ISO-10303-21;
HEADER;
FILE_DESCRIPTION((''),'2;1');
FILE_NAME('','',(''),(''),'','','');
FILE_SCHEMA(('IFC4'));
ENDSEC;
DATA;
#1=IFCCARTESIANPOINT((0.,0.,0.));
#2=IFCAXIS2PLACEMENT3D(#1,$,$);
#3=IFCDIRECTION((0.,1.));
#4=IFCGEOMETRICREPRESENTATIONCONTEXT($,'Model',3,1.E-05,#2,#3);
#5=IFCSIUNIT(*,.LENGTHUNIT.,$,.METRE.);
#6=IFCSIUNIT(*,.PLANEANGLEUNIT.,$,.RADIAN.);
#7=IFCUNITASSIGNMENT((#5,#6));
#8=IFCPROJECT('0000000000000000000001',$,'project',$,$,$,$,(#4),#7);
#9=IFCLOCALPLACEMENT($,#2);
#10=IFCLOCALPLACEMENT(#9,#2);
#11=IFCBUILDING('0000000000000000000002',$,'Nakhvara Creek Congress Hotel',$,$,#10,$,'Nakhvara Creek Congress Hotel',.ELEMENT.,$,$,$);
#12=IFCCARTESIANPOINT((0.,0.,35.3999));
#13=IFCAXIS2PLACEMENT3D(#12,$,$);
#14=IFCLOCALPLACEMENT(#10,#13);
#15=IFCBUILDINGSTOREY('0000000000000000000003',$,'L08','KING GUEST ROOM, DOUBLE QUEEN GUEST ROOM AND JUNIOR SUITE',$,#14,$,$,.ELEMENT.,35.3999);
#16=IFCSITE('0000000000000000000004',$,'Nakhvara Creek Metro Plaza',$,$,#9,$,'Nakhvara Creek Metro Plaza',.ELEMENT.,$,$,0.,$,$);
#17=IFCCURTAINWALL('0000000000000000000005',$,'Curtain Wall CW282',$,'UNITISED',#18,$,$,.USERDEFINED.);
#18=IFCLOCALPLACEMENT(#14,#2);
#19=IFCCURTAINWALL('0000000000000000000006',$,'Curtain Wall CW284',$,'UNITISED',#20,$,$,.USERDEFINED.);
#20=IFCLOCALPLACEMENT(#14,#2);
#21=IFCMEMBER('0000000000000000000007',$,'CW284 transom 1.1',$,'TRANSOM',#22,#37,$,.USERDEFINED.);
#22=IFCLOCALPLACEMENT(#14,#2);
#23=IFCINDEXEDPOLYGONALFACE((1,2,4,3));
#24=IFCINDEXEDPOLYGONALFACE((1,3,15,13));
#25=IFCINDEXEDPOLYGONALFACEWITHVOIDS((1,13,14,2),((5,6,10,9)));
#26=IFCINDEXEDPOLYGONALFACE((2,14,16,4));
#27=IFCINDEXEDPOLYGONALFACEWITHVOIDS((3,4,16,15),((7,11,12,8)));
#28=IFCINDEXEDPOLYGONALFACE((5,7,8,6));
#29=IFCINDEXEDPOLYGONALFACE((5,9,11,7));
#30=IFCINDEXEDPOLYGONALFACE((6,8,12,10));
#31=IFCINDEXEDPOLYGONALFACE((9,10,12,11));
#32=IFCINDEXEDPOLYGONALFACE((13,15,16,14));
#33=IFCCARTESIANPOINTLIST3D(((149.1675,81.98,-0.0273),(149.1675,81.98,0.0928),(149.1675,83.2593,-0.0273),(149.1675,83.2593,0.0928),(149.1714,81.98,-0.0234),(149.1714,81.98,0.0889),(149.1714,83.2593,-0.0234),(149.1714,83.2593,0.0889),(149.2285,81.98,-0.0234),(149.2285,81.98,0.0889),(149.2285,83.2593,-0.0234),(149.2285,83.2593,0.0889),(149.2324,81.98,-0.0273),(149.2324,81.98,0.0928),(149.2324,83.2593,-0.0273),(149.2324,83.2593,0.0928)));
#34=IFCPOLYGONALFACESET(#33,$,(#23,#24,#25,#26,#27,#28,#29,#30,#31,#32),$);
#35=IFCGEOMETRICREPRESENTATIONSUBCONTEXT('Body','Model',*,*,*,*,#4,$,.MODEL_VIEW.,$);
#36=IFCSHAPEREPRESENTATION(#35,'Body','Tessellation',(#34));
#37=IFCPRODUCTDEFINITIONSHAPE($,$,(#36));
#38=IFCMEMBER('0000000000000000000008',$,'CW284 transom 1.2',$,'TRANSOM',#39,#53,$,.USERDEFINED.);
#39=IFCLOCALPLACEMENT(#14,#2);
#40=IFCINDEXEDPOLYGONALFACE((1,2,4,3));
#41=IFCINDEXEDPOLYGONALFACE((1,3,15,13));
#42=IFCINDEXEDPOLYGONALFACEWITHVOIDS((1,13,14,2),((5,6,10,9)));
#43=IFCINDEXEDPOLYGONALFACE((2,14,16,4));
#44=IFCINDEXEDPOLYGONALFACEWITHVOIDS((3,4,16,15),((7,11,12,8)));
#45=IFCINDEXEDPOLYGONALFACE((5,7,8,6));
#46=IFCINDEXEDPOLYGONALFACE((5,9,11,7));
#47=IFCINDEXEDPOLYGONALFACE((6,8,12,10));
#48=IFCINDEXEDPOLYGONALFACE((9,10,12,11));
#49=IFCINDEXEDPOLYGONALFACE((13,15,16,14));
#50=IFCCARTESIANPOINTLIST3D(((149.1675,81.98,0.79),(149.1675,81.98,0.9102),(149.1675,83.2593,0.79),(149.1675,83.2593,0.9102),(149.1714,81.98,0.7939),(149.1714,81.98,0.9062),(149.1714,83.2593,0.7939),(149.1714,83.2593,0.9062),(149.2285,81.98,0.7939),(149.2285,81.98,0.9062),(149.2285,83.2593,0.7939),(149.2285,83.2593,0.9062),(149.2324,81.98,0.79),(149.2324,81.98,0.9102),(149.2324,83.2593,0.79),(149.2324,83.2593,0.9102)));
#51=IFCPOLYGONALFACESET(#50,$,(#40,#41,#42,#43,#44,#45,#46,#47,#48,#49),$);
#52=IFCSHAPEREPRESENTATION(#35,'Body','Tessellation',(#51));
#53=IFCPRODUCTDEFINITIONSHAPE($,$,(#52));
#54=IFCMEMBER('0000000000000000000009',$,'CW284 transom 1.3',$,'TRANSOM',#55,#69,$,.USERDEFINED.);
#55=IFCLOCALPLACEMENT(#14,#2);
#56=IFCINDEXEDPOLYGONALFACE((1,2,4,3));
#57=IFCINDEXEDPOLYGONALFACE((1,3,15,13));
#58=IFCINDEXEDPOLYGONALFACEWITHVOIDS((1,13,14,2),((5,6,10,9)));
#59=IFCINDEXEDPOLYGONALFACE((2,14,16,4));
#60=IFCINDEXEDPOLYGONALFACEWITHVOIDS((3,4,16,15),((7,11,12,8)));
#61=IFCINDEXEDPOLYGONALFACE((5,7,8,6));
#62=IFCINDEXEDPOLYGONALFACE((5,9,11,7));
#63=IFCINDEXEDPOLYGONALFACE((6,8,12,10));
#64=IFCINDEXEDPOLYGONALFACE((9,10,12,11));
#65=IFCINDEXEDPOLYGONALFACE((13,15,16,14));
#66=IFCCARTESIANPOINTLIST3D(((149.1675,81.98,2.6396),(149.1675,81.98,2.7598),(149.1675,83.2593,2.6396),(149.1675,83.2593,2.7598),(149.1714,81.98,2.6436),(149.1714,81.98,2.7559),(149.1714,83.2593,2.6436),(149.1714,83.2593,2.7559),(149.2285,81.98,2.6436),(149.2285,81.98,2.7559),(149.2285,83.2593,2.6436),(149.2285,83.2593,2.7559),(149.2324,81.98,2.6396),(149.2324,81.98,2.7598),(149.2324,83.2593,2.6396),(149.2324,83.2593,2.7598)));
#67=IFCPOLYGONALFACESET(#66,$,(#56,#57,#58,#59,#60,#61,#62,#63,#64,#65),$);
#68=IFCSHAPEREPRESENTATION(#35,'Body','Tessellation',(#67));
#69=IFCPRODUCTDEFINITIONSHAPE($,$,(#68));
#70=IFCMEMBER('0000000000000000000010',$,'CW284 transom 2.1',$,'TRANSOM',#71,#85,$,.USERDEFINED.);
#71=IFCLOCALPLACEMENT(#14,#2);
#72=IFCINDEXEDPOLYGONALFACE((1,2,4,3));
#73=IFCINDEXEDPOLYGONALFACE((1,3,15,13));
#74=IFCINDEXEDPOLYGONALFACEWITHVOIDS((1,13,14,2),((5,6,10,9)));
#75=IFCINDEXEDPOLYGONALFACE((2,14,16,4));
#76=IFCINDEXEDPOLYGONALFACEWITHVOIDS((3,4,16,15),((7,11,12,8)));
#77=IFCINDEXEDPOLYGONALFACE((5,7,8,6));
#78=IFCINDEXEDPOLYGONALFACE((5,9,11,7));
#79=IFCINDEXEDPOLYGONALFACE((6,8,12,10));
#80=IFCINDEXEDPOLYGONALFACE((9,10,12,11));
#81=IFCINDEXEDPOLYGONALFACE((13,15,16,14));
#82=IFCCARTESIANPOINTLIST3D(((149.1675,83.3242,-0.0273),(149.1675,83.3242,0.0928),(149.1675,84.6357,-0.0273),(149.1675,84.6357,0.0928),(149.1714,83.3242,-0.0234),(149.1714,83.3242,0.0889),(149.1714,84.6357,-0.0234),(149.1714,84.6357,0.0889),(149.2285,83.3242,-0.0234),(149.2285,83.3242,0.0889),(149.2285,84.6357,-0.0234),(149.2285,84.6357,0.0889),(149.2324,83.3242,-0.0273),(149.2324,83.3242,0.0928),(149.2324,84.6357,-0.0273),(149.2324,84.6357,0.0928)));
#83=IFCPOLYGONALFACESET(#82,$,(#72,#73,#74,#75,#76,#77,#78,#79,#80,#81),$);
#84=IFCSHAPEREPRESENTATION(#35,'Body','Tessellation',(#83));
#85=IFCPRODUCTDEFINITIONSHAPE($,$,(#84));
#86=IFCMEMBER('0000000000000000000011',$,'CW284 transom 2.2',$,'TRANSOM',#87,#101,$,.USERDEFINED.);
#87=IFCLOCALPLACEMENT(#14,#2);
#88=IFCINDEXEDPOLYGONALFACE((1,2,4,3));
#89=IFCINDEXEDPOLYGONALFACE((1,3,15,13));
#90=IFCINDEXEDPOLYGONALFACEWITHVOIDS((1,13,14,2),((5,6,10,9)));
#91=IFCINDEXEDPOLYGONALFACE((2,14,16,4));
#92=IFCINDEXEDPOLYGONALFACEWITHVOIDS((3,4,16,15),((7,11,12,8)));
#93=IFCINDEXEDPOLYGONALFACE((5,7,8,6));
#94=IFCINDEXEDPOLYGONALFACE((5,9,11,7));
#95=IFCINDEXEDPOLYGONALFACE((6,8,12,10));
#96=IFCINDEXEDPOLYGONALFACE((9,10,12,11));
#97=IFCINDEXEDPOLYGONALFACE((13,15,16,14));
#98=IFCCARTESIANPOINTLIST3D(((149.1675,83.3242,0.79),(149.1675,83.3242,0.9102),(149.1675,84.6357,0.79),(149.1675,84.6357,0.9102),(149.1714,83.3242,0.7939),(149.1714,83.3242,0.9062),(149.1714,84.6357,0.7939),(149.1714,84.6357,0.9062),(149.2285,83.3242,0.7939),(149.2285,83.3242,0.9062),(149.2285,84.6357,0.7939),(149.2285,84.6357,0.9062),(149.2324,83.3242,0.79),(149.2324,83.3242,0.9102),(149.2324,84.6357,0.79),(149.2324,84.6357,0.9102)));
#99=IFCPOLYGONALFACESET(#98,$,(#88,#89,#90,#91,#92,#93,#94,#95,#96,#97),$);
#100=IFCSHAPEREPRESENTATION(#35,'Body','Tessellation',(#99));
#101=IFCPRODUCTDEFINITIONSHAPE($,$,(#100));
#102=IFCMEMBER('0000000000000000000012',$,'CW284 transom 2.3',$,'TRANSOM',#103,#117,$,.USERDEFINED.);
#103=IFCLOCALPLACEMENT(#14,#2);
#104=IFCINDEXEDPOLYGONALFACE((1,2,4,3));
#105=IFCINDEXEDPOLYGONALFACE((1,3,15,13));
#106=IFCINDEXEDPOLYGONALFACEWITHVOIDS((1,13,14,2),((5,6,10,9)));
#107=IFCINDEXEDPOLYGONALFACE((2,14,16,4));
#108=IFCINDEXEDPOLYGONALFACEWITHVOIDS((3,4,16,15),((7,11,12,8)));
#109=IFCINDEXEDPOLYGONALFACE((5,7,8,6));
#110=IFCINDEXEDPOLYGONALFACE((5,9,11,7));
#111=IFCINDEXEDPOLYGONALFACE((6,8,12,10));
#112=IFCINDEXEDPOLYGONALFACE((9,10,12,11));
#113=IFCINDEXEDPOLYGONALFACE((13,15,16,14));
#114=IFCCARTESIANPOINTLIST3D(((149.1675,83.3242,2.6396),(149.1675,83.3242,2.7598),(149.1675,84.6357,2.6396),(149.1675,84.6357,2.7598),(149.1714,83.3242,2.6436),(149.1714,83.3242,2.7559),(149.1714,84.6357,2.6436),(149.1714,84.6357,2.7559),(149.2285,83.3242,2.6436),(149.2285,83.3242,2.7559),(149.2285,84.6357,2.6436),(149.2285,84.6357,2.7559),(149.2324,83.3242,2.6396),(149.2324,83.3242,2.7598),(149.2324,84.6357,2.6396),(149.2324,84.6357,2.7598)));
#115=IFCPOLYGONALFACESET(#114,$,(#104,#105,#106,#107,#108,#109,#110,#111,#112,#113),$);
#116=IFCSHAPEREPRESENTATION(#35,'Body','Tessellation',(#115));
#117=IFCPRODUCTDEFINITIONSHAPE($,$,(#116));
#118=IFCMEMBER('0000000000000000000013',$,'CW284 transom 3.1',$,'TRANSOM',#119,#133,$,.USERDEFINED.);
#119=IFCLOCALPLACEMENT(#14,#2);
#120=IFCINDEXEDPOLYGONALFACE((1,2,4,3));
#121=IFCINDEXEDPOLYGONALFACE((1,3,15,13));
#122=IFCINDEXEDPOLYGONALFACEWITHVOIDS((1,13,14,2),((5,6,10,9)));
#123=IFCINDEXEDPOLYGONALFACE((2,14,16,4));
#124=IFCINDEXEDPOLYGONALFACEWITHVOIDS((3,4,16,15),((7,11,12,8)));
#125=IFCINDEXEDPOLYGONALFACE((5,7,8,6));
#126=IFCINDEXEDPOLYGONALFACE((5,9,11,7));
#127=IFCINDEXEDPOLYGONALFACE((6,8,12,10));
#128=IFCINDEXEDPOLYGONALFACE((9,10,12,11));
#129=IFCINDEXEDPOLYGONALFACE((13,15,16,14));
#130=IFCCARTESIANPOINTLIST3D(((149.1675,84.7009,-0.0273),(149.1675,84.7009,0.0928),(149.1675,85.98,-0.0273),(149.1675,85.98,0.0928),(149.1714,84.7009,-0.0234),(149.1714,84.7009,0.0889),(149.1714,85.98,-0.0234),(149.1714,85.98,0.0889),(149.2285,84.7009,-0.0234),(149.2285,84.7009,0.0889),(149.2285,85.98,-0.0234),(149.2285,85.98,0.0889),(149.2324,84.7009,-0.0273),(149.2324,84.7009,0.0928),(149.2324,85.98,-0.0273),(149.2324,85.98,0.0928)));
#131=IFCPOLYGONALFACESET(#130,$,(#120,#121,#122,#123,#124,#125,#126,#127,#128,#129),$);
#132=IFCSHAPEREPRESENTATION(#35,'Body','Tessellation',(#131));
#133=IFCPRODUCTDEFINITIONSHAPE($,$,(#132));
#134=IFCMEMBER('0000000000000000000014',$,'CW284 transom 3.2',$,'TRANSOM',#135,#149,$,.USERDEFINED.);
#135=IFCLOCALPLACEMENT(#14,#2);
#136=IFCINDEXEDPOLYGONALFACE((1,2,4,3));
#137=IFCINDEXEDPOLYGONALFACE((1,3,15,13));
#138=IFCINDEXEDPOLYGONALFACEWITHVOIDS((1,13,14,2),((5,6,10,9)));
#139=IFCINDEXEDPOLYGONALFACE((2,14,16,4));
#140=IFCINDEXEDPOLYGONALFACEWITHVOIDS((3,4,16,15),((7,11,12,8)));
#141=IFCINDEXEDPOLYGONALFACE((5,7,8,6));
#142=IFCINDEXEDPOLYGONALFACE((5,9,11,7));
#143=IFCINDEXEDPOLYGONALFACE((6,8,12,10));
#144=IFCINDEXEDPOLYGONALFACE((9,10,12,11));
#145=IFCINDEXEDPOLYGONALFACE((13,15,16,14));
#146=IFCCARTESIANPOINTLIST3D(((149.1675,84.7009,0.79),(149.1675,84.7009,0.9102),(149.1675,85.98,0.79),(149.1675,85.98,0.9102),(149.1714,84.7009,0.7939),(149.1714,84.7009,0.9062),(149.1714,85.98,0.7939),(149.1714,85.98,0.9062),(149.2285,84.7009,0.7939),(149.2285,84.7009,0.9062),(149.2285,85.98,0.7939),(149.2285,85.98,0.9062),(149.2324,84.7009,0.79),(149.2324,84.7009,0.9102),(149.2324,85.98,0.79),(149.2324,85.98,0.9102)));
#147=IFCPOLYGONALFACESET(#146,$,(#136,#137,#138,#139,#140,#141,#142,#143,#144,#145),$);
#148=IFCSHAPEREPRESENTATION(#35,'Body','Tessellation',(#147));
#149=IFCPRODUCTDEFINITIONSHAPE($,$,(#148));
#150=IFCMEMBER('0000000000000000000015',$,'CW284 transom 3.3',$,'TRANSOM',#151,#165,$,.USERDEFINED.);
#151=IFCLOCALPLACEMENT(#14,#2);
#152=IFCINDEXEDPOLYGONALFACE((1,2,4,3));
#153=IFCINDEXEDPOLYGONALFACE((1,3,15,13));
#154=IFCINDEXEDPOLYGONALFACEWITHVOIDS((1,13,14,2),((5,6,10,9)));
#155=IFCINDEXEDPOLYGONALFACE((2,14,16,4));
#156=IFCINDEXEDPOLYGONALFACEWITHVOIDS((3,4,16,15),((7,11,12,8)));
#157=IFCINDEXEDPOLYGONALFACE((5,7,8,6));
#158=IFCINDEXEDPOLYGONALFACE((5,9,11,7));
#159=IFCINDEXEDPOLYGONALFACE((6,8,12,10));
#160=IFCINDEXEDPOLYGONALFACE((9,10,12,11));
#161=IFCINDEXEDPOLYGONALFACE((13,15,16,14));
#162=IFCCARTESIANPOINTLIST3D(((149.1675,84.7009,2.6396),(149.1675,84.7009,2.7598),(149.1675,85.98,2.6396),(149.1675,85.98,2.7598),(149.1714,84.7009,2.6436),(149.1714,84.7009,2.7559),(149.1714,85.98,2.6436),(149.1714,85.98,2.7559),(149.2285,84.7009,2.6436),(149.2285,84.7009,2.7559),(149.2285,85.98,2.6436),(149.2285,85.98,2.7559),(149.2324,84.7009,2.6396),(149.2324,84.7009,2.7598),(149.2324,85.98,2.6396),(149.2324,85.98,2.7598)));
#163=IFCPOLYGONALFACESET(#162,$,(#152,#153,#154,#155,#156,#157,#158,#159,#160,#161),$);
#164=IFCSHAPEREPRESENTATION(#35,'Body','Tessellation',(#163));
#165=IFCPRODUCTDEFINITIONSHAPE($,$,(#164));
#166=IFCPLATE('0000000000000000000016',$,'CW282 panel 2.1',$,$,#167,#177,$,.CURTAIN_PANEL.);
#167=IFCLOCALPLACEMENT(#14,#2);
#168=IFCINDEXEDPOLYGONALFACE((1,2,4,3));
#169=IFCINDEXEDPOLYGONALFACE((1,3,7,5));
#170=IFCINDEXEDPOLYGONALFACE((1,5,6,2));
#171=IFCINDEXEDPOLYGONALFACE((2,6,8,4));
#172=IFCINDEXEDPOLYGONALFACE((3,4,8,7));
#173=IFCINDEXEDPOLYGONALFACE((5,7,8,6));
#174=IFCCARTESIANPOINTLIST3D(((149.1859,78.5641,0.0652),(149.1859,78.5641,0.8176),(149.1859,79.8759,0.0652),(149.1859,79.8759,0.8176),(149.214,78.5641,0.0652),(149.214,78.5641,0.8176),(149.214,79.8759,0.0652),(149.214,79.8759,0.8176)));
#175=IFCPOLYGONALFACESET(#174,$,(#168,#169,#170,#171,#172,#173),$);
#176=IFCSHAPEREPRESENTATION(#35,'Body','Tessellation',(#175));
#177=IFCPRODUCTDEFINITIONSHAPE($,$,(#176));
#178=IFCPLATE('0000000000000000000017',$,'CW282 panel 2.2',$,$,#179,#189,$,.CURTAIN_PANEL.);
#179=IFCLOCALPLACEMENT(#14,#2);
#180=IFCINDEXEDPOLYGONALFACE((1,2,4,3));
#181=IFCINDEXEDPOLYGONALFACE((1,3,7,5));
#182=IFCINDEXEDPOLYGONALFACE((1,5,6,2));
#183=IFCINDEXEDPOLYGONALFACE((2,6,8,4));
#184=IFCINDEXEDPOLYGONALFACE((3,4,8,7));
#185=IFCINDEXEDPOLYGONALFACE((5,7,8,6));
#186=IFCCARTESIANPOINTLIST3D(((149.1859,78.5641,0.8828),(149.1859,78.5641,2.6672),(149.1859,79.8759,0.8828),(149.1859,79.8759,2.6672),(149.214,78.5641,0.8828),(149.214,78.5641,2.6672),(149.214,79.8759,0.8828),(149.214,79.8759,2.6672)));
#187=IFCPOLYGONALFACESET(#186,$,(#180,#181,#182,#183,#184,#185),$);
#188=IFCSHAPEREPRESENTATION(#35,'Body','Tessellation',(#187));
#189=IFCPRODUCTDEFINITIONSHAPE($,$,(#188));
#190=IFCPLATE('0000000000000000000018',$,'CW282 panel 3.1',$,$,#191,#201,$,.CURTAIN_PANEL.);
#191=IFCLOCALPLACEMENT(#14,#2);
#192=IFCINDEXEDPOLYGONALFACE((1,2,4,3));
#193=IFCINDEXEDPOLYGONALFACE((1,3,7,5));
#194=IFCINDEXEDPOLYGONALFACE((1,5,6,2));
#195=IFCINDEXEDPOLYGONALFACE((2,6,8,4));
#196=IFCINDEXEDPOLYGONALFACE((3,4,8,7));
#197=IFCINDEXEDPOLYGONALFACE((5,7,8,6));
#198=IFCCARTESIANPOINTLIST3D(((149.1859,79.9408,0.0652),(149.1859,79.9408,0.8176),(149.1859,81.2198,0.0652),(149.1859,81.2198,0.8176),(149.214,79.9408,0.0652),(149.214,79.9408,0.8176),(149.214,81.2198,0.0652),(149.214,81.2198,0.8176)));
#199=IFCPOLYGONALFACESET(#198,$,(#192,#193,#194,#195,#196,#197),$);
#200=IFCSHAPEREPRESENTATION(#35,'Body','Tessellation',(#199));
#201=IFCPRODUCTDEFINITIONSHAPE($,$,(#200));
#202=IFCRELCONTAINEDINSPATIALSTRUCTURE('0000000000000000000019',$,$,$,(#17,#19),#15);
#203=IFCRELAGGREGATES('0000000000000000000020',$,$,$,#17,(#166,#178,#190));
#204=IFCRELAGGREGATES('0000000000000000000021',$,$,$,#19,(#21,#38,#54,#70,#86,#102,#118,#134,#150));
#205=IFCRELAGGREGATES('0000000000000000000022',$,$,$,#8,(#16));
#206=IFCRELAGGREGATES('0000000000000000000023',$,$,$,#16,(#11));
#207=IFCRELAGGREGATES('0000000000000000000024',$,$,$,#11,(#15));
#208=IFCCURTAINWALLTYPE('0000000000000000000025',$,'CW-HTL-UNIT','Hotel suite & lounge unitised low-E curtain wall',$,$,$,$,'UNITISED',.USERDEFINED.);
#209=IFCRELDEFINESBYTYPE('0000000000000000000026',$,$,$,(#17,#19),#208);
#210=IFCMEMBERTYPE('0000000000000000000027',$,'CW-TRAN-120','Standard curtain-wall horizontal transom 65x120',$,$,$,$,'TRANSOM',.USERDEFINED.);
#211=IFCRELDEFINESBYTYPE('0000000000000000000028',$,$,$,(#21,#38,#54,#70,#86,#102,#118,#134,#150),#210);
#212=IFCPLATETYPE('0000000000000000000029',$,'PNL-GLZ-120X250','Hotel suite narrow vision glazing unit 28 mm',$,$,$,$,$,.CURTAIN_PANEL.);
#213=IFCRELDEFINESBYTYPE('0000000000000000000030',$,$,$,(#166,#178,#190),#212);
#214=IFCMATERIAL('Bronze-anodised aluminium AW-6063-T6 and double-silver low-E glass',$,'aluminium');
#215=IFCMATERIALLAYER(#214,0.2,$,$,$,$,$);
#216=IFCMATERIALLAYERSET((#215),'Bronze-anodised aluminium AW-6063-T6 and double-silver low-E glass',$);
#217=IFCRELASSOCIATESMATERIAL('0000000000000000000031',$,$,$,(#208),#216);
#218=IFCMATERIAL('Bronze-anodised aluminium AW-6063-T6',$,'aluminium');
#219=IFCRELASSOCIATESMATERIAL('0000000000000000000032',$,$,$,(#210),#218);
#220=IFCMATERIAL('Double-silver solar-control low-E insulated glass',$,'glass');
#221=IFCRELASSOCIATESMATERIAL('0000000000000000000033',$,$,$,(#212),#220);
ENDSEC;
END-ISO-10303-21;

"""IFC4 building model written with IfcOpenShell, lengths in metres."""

from ifc_helpers import new_model, si_unit, direction, frame, origin, origin_2d, place, context, subcontext, project, spatial, rectangle, hollow_rectangle, extrude, material, layer, layer_set, material_profile, profile_set, type_object, element, aggregate, save


model = new_model("IFC4")

# Units and contexts
model_context = context("Model", 3, precision=1e-05, world=origin(), true_north=direction((0.0, 1.0)))
body_context = subcontext(model_context, "Body", "Model", "MODEL_VIEW")
ifc_project = project(units=[si_unit("LENGTHUNIT", "METRE"), si_unit("PLANEANGLEUNIT", "RADIAN")], contexts=[model_context])

# Site, building, storey
site_placement = place(None, origin())
site = spatial("IfcSite", under=ifc_project, at=site_placement, Name="Nakhvara Creek Metro Plaza", LongName="Nakhvara Creek Metro Plaza", CompositionType="ELEMENT", RefElevation=0.0)
building_placement = place(site_placement, origin())
building = spatial("IfcBuilding", under=site, at=building_placement, Name="Nakhvara Creek Congress Hotel", LongName="Nakhvara Creek Congress Hotel", CompositionType="ELEMENT")
storey_placement = place(building_placement, frame((0.0, 0.0, 35.3999)))
storey = spatial("IfcBuildingStorey", under=building, at=storey_placement, Name="L08", Description="KING GUEST ROOM, DOUBLE QUEEN GUEST ROOM AND JUNIOR SUITE", CompositionType="ELEMENT", Elevation=35.3999)

# Curtain walls
ifc_material_1 = material(Name="Bronze-anodised aluminium AW-6063-T6 and double-silver low-E glass", Category="aluminium")
ifc_layer = layer(ifc_material_1, 0.2)
ifc_layer_set = layer_set([ifc_layer], Name="Bronze-anodised aluminium AW-6063-T6 and double-silver low-E glass")
curtain_wall_type = type_object("IfcCurtainWallType", Name="CW-HTL-UNIT", Description="Hotel suite & lounge unitised low-E curtain wall", ElementType="UNITISED", PredefinedType="USERDEFINED", material=ifc_layer_set)
curtain_wall_1_placement = place(storey_placement, origin())
curtain_wall_1 = element("IfcCurtainWall", 1, at=curtain_wall_1_placement, inside=storey, type_object=curtain_wall_type, Name="Curtain Wall CW282", ObjectType="UNITISED", PredefinedType="USERDEFINED")
ifc_material_2 = material(Name="Bronze-anodised aluminium AW-6063-T6", Category="aluminium")
curtain_wall_2_placement = place(storey_placement, origin())
curtain_wall_2 = element("IfcCurtainWall", 2, at=curtain_wall_2_placement, inside=storey, type_object=curtain_wall_type, Name="Curtain Wall CW284", ObjectType="UNITISED", PredefinedType="USERDEFINED")

# Members
ifc_material_profile_1 = material_profile(ifc_material_2, hollow_rectangle(XDim=0.0649, YDim=0.1201, WallThickness=0.0039, at=origin_2d()), Name="ALU-TRAN 65x120x4", Category="LoadBearing")
ifc_profile_set_1 = profile_set([ifc_material_profile_1], Name="Bronze-anodised aluminium AW-6063-T6")
member_type_1 = type_object("IfcMemberType", Name="CW-TRAN-120", Description="Standard curtain-wall horizontal transom 65x120", ElementType="TRANSOM", PredefinedType="USERDEFINED", material=ifc_profile_set_1)
member_1_placement = place(storey_placement, frame((149.2, 81.98, 0.0327), z_axis=(0.0, 1.0, 0.0), x_axis=(-1.0, 0.0, 0.0)))
member_1 = element("IfcMember", 3, at=member_1_placement, type_object=member_type_1, Name="CW284 transom 1.1", ObjectType="TRANSOM", PredefinedType="USERDEFINED", context=body_context, shape_type="SweptSolid", body=[
    extrude(hollow_rectangle(XDim=0.0649, YDim=0.1201, WallThickness=0.0039, at=origin_2d()), origin(), (0.0, 0.0, 1.0), 1.2793),
])
member_2_placement = place(storey_placement, frame((149.2, 81.98, 0.8501), z_axis=(0.0, 1.0, 0.0), x_axis=(-1.0, 0.0, 0.0)))
member_2 = element("IfcMember", 4, at=member_2_placement, type_object=member_type_1, Name="CW284 transom 1.2", ObjectType="TRANSOM", PredefinedType="USERDEFINED", context=body_context, shape_type="SweptSolid", body=[
    extrude(hollow_rectangle(XDim=0.0649, YDim=0.1201, WallThickness=0.0039, at=origin_2d()), origin(), (0.0, 0.0, 1.0), 1.2793),
])
member_3_placement = place(storey_placement, frame((149.2, 81.98, 2.6997), z_axis=(0.0, 1.0, 0.0), x_axis=(-1.0, 0.0, 0.0)))
member_3 = element("IfcMember", 5, at=member_3_placement, type_object=member_type_1, Name="CW284 transom 1.3", ObjectType="TRANSOM", PredefinedType="USERDEFINED", context=body_context, shape_type="SweptSolid", body=[
    extrude(hollow_rectangle(XDim=0.0649, YDim=0.1201, WallThickness=0.0039, at=origin_2d()), origin(), (0.0, 0.0, 1.0), 1.2793),
])
member_4_placement = place(storey_placement, frame((149.2, 83.3242, 0.0327), z_axis=(0.0, 1.0, 0.0), x_axis=(-1.0, 0.0, 0.0)))
member_4 = element("IfcMember", 6, at=member_4_placement, type_object=member_type_1, Name="CW284 transom 2.1", ObjectType="TRANSOM", PredefinedType="USERDEFINED", context=body_context, shape_type="SweptSolid", body=[
    extrude(hollow_rectangle(XDim=0.0649, YDim=0.1201, WallThickness=0.0039, at=origin_2d()), origin(), (0.0, 0.0, 1.0), 1.3115),
])
member_5_placement = place(storey_placement, frame((149.2, 83.3242, 0.8501), z_axis=(0.0, 1.0, 0.0), x_axis=(-1.0, 0.0, 0.0)))
member_5 = element("IfcMember", 7, at=member_5_placement, type_object=member_type_1, Name="CW284 transom 2.2", ObjectType="TRANSOM", PredefinedType="USERDEFINED", context=body_context, shape_type="SweptSolid", body=[
    extrude(hollow_rectangle(XDim=0.0649, YDim=0.1201, WallThickness=0.0039, at=origin_2d()), origin(), (0.0, 0.0, 1.0), 1.3115),
])
member_6_placement = place(storey_placement, frame((149.2, 83.3242, 2.6997), z_axis=(0.0, 1.0, 0.0), x_axis=(-1.0, 0.0, 0.0)))
member_6 = element("IfcMember", 8, at=member_6_placement, type_object=member_type_1, Name="CW284 transom 2.3", ObjectType="TRANSOM", PredefinedType="USERDEFINED", context=body_context, shape_type="SweptSolid", body=[
    extrude(hollow_rectangle(XDim=0.0649, YDim=0.1201, WallThickness=0.0039, at=origin_2d()), origin(), (0.0, 0.0, 1.0), 1.3115),
])
member_7_placement = place(storey_placement, frame((149.2, 84.7009, 0.0327), z_axis=(0.0, 1.0, 0.0), x_axis=(-1.0, 0.0, 0.0)))
member_7 = element("IfcMember", 9, at=member_7_placement, type_object=member_type_1, Name="CW284 transom 3.1", ObjectType="TRANSOM", PredefinedType="USERDEFINED", context=body_context, shape_type="SweptSolid", body=[
    extrude(hollow_rectangle(XDim=0.0649, YDim=0.1201, WallThickness=0.0039, at=origin_2d()), origin(), (0.0, 0.0, 1.0), 1.2791),
])
member_8_placement = place(storey_placement, frame((149.2, 84.7009, 0.8501), z_axis=(0.0, 1.0, 0.0), x_axis=(-1.0, 0.0, 0.0)))
member_8 = element("IfcMember", 10, at=member_8_placement, type_object=member_type_1, Name="CW284 transom 3.2", ObjectType="TRANSOM", PredefinedType="USERDEFINED", context=body_context, shape_type="SweptSolid", body=[
    extrude(hollow_rectangle(XDim=0.0649, YDim=0.1201, WallThickness=0.0039, at=origin_2d()), origin(), (0.0, 0.0, 1.0), 1.2791),
])
member_9_placement = place(storey_placement, frame((149.2, 84.7009, 2.6997), z_axis=(0.0, 1.0, 0.0), x_axis=(-1.0, 0.0, 0.0)))
member_9 = element("IfcMember", 11, at=member_9_placement, type_object=member_type_1, Name="CW284 transom 3.3", ObjectType="TRANSOM", PredefinedType="USERDEFINED", context=body_context, shape_type="SweptSolid", body=[
    extrude(hollow_rectangle(XDim=0.0649, YDim=0.1201, WallThickness=0.0039, at=origin_2d()), origin(), (0.0, 0.0, 1.0), 1.2791),
])

# Plates
ifc_material_3 = material(Name="Double-silver solar-control low-E insulated glass", Category="glass")
plate_type = type_object("IfcPlateType", Name="PNL-GLZ-120X250", Description="Hotel suite narrow vision glazing unit 28 mm", PredefinedType="CURTAIN_PANEL", material=ifc_material_3)
plate_1_placement = place(storey_placement, frame((149.2, 79.22, 0.0652), z_axis=(0.0, 0.0, 1.0), x_axis=(0.0, 1.0, 0.0)))
plate_1 = element("IfcPlate", 12, at=plate_1_placement, type_object=plate_type, Name="CW282 panel 2.1", PredefinedType="CURTAIN_PANEL", context=body_context, shape_type="SweptSolid", body=[
    extrude(rectangle(XDim=1.3118, YDim=0.0281, at=origin_2d()), origin(), (0.0, 0.0, 1.0), 0.7524),
])
plate_2_placement = place(storey_placement, frame((149.2, 79.22, 0.8828), z_axis=(0.0, 0.0, 1.0), x_axis=(0.0, 1.0, 0.0)))
plate_2 = element("IfcPlate", 13, at=plate_2_placement, type_object=plate_type, Name="CW282 panel 2.2", PredefinedType="CURTAIN_PANEL", context=body_context, shape_type="SweptSolid", body=[
    extrude(rectangle(XDim=1.3118, YDim=0.0281, at=origin_2d()), origin(), (0.0, 0.0, 1.0), 1.7844),
])
plate_3_placement = place(storey_placement, frame((149.2, 80.5803, 0.0652), z_axis=(0.0, 0.0, 1.0), x_axis=(0.0, 1.0, 0.0)))
plate_3 = element("IfcPlate", 14, at=plate_3_placement, type_object=plate_type, Name="CW282 panel 3.1", PredefinedType="CURTAIN_PANEL", context=body_context, shape_type="SweptSolid", body=[
    extrude(rectangle(XDim=1.2791, YDim=0.0281, at=origin_2d()), origin(), (0.0, 0.0, 1.0), 0.7524),
])
aggregate(curtain_wall_1, [plate_1, plate_2, plate_3])
aggregate(curtain_wall_2, [member_1, member_2, member_3, member_4, member_5, member_6, member_7, member_8, member_9])

save(model, "model.ifc")
